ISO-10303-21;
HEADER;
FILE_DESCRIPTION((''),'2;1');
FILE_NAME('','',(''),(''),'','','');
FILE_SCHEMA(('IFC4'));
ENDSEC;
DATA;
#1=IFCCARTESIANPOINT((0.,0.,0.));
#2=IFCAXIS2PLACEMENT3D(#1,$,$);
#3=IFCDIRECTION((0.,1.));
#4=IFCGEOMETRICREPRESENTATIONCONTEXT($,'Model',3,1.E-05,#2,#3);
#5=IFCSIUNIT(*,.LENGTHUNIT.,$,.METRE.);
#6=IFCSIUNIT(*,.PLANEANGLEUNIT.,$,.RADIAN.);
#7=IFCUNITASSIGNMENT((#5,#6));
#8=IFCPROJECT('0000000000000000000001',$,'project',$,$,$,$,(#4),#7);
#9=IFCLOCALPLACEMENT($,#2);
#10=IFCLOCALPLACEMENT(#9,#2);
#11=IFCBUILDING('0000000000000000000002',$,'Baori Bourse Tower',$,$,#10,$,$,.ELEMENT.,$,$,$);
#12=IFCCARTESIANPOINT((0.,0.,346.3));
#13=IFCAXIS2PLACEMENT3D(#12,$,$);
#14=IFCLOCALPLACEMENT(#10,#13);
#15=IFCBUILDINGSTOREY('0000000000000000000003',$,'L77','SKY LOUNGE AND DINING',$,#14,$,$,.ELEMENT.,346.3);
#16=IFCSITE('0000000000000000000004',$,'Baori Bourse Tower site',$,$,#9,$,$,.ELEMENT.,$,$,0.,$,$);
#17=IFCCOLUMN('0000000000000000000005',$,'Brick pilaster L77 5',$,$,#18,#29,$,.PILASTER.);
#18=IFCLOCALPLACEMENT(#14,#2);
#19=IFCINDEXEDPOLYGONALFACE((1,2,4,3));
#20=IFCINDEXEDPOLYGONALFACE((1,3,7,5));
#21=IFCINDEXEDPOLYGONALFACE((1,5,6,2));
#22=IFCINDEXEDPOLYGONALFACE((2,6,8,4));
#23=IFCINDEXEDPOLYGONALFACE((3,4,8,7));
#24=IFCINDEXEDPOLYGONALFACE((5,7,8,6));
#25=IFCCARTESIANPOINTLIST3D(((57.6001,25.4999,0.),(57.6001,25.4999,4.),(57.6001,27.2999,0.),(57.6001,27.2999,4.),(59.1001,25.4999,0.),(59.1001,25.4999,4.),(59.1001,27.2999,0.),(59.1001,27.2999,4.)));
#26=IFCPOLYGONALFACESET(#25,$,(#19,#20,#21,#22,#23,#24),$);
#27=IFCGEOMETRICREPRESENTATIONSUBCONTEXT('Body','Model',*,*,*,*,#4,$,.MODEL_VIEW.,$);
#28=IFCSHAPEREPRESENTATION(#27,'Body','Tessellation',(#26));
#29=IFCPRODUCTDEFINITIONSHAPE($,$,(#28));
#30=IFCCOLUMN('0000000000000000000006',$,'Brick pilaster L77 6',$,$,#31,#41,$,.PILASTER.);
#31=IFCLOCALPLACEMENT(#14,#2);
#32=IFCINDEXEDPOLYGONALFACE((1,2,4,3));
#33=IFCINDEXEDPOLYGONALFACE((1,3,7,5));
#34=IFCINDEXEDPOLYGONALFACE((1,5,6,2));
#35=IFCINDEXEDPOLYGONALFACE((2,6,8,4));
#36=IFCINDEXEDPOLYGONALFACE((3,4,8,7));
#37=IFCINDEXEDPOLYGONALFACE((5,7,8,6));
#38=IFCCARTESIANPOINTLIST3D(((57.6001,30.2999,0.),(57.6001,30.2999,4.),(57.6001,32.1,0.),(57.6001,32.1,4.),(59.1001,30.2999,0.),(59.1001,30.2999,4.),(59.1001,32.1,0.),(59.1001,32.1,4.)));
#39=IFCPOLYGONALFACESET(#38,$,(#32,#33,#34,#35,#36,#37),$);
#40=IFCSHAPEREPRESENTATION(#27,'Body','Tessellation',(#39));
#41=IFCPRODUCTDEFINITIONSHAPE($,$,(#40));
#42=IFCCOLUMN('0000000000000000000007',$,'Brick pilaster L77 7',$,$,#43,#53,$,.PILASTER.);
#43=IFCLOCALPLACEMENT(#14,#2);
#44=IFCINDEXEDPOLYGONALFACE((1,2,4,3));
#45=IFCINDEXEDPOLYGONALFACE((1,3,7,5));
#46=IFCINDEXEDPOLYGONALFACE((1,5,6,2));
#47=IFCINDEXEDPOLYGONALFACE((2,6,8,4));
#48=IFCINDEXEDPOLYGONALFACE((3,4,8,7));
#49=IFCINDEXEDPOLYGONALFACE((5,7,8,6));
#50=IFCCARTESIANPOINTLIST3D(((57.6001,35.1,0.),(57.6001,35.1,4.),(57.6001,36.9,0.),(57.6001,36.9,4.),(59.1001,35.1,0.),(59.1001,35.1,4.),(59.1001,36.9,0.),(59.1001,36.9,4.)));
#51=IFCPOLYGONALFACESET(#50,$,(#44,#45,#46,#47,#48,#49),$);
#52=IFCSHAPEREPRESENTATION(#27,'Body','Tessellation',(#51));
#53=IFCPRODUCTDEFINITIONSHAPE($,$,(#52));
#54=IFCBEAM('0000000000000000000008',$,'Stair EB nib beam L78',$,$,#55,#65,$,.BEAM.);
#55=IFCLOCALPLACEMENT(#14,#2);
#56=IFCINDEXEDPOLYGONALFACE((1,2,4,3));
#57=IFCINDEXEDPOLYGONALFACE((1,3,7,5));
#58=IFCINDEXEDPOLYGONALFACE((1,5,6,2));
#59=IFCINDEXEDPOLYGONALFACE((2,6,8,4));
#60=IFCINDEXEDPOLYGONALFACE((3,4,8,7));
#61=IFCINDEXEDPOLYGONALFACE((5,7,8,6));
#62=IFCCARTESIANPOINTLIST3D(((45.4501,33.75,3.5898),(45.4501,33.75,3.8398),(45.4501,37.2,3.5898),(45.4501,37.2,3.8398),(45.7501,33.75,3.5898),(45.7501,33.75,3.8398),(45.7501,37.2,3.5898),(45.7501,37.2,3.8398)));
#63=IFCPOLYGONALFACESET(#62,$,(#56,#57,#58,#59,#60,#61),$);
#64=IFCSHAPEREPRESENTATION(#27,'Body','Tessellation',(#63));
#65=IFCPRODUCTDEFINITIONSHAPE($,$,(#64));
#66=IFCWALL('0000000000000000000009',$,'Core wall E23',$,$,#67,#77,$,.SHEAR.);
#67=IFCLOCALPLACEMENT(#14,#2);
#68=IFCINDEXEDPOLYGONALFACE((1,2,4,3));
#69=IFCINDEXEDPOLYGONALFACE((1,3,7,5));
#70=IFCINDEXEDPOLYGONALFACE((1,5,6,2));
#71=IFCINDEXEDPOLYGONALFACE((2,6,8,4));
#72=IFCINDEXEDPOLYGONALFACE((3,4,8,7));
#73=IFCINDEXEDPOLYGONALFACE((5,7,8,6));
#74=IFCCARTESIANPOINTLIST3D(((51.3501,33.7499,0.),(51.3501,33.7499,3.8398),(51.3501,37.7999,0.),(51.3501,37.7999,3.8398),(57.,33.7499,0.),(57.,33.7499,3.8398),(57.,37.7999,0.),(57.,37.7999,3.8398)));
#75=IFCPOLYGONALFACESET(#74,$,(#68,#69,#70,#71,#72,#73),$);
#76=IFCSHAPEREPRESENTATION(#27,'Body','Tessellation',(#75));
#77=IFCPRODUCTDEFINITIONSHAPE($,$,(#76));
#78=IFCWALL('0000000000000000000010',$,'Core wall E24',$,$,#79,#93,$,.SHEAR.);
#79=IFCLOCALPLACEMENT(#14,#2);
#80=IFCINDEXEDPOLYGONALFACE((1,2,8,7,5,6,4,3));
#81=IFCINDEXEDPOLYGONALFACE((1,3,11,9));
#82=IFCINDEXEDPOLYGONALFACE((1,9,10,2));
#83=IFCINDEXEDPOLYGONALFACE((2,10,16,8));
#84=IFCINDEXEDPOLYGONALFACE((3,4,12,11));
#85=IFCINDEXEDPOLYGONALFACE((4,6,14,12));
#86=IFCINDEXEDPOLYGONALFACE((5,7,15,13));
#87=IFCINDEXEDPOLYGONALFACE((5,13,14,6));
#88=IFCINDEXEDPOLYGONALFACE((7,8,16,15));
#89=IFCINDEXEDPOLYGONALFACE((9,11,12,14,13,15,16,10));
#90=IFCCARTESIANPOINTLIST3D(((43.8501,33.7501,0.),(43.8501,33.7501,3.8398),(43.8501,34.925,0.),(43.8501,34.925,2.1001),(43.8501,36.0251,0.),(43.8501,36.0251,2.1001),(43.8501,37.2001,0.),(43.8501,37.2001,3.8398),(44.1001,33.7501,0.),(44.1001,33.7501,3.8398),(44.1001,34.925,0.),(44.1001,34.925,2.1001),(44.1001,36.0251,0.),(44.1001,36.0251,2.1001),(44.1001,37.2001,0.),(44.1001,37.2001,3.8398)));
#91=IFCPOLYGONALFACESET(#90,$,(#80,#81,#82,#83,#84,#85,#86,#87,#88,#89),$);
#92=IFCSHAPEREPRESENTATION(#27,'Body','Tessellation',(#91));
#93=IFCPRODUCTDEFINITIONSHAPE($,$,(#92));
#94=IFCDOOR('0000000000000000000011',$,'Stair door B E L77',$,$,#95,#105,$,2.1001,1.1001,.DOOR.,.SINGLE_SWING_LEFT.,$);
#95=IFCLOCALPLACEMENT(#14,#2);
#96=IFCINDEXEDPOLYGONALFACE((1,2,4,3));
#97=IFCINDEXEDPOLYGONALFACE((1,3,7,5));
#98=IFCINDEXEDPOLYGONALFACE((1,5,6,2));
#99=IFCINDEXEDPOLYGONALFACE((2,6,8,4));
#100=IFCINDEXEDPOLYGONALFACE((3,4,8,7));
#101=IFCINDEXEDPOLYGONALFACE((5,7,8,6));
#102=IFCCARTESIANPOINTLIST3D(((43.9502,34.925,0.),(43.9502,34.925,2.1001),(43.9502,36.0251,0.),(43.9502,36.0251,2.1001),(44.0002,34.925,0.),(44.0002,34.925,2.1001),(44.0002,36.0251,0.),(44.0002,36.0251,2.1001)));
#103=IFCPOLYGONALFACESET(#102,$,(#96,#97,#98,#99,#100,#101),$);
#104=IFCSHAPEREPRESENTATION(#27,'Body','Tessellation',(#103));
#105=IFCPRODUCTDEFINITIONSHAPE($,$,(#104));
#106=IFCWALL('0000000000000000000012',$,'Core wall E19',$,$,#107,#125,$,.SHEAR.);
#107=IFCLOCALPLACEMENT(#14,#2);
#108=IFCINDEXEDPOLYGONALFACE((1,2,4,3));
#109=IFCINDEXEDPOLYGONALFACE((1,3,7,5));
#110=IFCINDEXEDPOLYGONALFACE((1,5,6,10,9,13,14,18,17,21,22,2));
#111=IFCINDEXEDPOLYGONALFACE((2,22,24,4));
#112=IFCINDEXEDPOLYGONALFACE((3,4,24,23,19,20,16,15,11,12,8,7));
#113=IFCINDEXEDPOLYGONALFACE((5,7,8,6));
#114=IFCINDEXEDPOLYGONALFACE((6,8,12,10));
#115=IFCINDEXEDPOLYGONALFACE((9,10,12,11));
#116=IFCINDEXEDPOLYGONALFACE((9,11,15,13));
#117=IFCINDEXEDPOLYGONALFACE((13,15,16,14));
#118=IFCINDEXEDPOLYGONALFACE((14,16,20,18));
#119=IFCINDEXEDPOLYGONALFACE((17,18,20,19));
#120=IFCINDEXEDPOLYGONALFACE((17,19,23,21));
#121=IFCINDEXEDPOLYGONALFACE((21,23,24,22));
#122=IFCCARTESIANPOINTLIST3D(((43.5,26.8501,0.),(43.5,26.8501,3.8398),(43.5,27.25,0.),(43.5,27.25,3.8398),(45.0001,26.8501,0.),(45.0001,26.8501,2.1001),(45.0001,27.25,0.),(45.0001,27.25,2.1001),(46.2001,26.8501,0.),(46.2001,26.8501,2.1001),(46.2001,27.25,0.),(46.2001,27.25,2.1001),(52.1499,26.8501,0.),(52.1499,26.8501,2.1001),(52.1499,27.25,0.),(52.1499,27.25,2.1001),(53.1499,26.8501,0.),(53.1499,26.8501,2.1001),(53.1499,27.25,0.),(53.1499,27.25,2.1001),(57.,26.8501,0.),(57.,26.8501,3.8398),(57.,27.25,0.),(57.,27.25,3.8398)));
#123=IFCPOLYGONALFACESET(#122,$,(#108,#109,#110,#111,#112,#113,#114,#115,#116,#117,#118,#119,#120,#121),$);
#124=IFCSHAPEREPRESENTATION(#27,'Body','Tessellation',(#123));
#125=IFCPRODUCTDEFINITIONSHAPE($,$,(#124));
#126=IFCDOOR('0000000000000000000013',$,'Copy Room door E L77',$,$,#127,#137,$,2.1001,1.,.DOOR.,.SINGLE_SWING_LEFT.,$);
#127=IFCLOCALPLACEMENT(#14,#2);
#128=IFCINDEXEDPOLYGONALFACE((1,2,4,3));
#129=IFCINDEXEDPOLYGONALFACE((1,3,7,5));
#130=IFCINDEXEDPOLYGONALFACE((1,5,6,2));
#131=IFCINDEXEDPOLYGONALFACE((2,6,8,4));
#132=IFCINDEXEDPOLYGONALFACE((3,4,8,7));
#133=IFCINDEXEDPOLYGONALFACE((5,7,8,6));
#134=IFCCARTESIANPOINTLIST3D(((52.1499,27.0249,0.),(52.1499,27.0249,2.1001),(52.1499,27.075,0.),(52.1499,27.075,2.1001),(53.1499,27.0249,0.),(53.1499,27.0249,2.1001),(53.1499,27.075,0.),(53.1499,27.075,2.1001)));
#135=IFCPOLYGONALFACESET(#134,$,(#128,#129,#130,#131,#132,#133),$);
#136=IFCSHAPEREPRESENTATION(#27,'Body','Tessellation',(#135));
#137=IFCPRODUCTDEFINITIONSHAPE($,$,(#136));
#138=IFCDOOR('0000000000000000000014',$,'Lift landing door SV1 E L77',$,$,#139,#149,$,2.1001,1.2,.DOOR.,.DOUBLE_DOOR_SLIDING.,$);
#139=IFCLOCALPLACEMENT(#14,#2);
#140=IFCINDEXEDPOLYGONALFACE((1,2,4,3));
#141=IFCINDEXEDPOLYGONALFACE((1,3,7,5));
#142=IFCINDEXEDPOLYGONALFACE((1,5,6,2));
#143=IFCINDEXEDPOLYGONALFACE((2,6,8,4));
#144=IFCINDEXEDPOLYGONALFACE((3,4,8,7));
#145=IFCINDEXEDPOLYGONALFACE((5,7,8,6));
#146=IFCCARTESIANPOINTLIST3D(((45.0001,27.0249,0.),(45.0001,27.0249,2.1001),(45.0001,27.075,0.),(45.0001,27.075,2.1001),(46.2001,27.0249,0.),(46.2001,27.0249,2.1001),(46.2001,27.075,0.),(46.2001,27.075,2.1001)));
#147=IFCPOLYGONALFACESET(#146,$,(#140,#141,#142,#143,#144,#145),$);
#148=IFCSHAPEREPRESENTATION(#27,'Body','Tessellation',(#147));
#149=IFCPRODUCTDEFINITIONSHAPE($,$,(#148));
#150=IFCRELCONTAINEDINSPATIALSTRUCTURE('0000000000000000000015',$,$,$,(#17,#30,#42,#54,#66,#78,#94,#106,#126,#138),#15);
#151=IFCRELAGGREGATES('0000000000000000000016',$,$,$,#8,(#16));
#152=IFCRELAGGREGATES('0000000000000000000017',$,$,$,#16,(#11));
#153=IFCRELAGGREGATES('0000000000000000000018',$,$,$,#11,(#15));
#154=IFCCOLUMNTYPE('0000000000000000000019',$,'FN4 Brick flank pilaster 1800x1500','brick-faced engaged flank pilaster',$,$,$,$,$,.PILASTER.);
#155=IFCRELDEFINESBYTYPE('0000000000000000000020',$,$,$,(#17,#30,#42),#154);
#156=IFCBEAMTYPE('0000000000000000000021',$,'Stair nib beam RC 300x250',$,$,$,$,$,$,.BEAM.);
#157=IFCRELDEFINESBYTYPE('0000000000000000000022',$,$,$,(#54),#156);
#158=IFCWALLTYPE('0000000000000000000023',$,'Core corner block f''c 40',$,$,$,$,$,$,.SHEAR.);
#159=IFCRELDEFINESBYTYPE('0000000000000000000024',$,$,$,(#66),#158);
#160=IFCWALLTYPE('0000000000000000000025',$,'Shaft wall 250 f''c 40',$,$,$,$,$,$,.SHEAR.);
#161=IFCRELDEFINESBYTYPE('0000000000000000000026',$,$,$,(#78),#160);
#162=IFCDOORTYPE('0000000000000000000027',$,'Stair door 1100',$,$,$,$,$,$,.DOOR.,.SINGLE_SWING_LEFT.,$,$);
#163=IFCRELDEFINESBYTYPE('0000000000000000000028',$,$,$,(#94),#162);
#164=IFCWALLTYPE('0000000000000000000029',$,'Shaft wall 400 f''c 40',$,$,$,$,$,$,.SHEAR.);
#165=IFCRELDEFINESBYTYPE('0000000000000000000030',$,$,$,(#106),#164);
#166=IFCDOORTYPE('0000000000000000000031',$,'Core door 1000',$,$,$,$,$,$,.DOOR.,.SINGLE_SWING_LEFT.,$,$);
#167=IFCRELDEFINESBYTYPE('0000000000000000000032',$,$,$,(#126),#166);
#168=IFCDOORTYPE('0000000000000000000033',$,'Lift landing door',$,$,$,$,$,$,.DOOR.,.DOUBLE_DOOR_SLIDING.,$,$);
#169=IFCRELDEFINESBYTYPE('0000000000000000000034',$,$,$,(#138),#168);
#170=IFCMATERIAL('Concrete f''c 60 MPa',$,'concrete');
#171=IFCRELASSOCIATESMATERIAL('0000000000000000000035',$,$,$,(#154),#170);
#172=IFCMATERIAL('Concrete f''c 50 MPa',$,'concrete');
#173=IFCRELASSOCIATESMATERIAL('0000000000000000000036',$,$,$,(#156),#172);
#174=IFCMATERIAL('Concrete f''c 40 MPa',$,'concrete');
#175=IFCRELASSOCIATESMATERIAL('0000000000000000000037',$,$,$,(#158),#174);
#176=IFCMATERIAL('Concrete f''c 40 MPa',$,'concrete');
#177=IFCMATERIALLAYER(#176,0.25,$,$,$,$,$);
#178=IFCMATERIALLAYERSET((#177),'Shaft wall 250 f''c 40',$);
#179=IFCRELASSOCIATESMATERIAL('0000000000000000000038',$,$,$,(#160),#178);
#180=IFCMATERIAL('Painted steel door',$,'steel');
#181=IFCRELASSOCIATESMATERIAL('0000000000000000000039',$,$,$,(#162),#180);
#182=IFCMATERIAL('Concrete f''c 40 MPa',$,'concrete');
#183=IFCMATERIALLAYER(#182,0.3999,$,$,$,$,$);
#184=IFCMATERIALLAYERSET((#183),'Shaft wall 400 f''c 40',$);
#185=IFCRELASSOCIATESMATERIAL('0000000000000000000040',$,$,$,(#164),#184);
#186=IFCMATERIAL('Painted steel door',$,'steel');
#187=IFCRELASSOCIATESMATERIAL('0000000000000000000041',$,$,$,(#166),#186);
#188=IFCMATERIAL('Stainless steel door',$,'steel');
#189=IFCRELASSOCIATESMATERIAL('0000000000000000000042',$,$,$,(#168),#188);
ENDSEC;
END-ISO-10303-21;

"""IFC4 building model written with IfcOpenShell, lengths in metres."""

from ifc_helpers import new_model, si_unit, direction, frame, frame_2d, origin, origin_2d, place, context, subcontext, project, spatial, rectangle, extrude, material, layer, layer_set, material_profile, profile_set, type_object, element, fill, save


model = new_model("IFC4")

# Units and contexts
model_context = context("Model", 3, precision=1e-05, world=origin(), true_north=direction((0.0, 1.0)))
body_context = subcontext(model_context, "Body", "Model", "MODEL_VIEW")
ifc_project = project(units=[si_unit("LENGTHUNIT", "METRE"), si_unit("PLANEANGLEUNIT", "RADIAN")], contexts=[model_context])

# Site, building, storey
site_placement = place(None, origin())
site = spatial("IfcSite", under=ifc_project, at=site_placement, Name="Baori Bourse Tower site", CompositionType="ELEMENT", RefElevation=0.0)
building_placement = place(site_placement, origin())
building = spatial("IfcBuilding", under=site, at=building_placement, Name="Baori Bourse Tower", CompositionType="ELEMENT")
storey_placement = place(building_placement, frame((0.0, 0.0, 346.3)))
storey = spatial("IfcBuildingStorey", under=building, at=storey_placement, Name="L77", Description="SKY LOUNGE AND DINING", CompositionType="ELEMENT", Elevation=346.3)

# Columns
ifc_material_1 = material(Name="Concrete f'c 60 MPa", Category="concrete")
ifc_material_profile_1 = material_profile(ifc_material_1, rectangle(XDim=1.8, YDim=1.5, at=origin_2d()), Name="RC 1800x1500")
ifc_profile_set_1 = profile_set([ifc_material_profile_1], Name="Concrete f'c 60 MPa")
column_type = type_object("IfcColumnType", Name="FN4 Brick flank pilaster 1800x1500", Description="brick-faced engaged flank pilaster", PredefinedType="PILASTER", material=ifc_profile_set_1)
for number, where, z_axis, x_axis, name in (
    (1, (58.3501, 26.3999, 0.0), (0.0, 0.0, 1.0), (0.0, 1.0, 0.0), "Brick pilaster L77 5"),
    (2, (58.3501, 31.2, 0.0), (0.0, 0.0, 1.0), (0.0, 1.0, 0.0), "Brick pilaster L77 6"),
    (3, (58.3501, 36.0, 0.0), (0.0, 0.0, 1.0), (0.0, 1.0, 0.0), "Brick pilaster L77 7"),
):
    element("IfcColumn", number, at=place(storey_placement, frame(where, z_axis=z_axis, x_axis=x_axis)), inside=storey, type_object=column_type, Name=name, PredefinedType="PILASTER", context=body_context, shape_type="SweptSolid", body=[
        extrude(rectangle(XDim=1.8, YDim=1.5, at=origin_2d()), origin(), (0.0, 0.0, 1.0), 4.0),
    ])

# Beam
ifc_material_2 = material(Name="Concrete f'c 50 MPa", Category="concrete")
ifc_material_profile_2 = material_profile(ifc_material_2, rectangle(XDim=0.3, YDim=0.25, at=origin_2d()), Name="RC 300x250")
ifc_profile_set_2 = profile_set([ifc_material_profile_2], Name="Concrete f'c 50 MPa")
beam_type = type_object("IfcBeamType", Name="Stair nib beam RC 300x250", PredefinedType="BEAM", material=ifc_profile_set_2)
beam_placement = place(storey_placement, frame((45.6001, 33.75, 3.7148), z_axis=(0.0, 1.0, 0.0), x_axis=(-1.0, 0.0, 0.0)))
element("IfcBeam", 4, at=beam_placement, inside=storey, type_object=beam_type, Name="Stair EB nib beam L78", PredefinedType="BEAM", context=body_context, shape_type="SweptSolid", body=[
    extrude(rectangle(XDim=0.3, YDim=0.25, at=origin_2d()), origin(), (0.0, 0.0, 1.0), 3.45),
])

# Wall
ifc_material_3 = material(Name="Concrete f'c 40 MPa", Category="concrete")
wall_type_1 = type_object("IfcWallType", Name="Core corner block f'c 40", PredefinedType="SHEAR", material=ifc_material_3)
wall_1_placement = place(storey_placement, frame((51.3501, 35.7749, 0.0), z_axis=(0.0, 0.0, 1.0), x_axis=(1.0, 0.0, 0.0)))
element("IfcWall", 5, at=wall_1_placement, inside=storey, type_object=wall_type_1, Name="Core wall E23", PredefinedType="SHEAR", context=body_context, shape_type="SweptSolid", body=[
    extrude(rectangle(XDim=5.6499, YDim=4.05, at=frame_2d((2.825, 0.0))), origin(), (0.0, 0.0, 1.0), 3.8398),
])

# Wall, opening, door
ifc_material_4 = material(Name="Concrete f'c 40 MPa", Category="concrete")
ifc_layer_1 = layer(ifc_material_4, 0.25)
ifc_layer_set_1 = layer_set([ifc_layer_1], Name="Shaft wall 250 f'c 40")
wall_type_2 = type_object("IfcWallType", Name="Shaft wall 250 f'c 40", PredefinedType="SHEAR", material=ifc_layer_set_1)
wall_2_placement = place(storey_placement, frame((43.9751, 33.75, 0.0), z_axis=(0.0, 0.0, 1.0), x_axis=(0.0, 1.0, 0.0)))
wall_2 = element("IfcWall", 6, at=wall_2_placement, inside=storey, type_object=wall_type_2, Name="Core wall E24", PredefinedType="SHEAR", context=body_context, shape_type="SweptSolid", body=[
    extrude(rectangle(XDim=3.45, YDim=0.25, at=frame_2d((1.7251, 0.0))), origin(), (0.0, 0.0, 1.0), 3.8398),
])
opening_1_placement = place(wall_2_placement, frame((1.175, 0.0, 0.0)))
opening_1 = element("IfcOpeningElement", 7, at=opening_1_placement, cuts=wall_2, PredefinedType="OPENING", context=body_context, shape_type="SweptSolid", body=[
    extrude(rectangle(XDim=1.1001, YDim=2.1001, at=frame_2d((0.55, 1.05))), frame((0.0, 0.135, 0.0), z_axis=(0.0, -1.0, 0.0), x_axis=(1.0, 0.0, 0.0)), (0.0, 0.0, 1.0), 0.27),
])
ifc_material_5 = material(Name="Painted steel door", Category="steel")
door_type_1 = type_object("IfcDoorType", Name="Stair door 1100", OperationType="SINGLE_SWING_LEFT", PredefinedType="DOOR", material=ifc_material_5)
door_1_placement = place(opening_1_placement, origin())
door_1 = element("IfcDoor", 8, at=door_1_placement, inside=storey, type_object=door_type_1, Name="Stair door B E L77", OperationType="SINGLE_SWING_LEFT", OverallHeight=2.1001, OverallWidth=1.1001, PredefinedType="DOOR", context=body_context, shape_type="SweptSolid", body=[
    extrude(rectangle(XDim=1.1001, YDim=2.1001, at=frame_2d((0.55, 1.05))), frame((0.0, 0.0249, 0.0), z_axis=(0.0, -1.0, 0.0), x_axis=(1.0, 0.0, 0.0)), (0.0, 0.0, 1.0), 0.05),
])
fill(opening_1, door_1)

# Wall, openings, doors
ifc_material_6 = material(Name="Concrete f'c 40 MPa", Category="concrete")
ifc_layer_2 = layer(ifc_material_6, 0.3999)
ifc_layer_set_2 = layer_set([ifc_layer_2], Name="Shaft wall 400 f'c 40")
wall_type_3 = type_object("IfcWallType", Name="Shaft wall 400 f'c 40", PredefinedType="SHEAR", material=ifc_layer_set_2)
wall_3_placement = place(storey_placement, frame((43.5, 27.05, 0.0), z_axis=(0.0, 0.0, 1.0), x_axis=(1.0, 0.0, 0.0)))
wall_3 = element("IfcWall", 9, at=wall_3_placement, inside=storey, type_object=wall_type_3, Name="Core wall E19", PredefinedType="SHEAR", context=body_context, shape_type="SweptSolid", body=[
    extrude(rectangle(XDim=13.5, YDim=0.3999, at=frame_2d((6.75, 0.0))), origin(), (0.0, 0.0, 1.0), 3.8398),
])
opening_2_placement = place(wall_3_placement, frame((8.6499, 0.0, 0.0)))
opening_2 = element("IfcOpeningElement", 10, at=opening_2_placement, cuts=wall_3, PredefinedType="OPENING", context=body_context, shape_type="SweptSolid", body=[
    extrude(rectangle(XDim=1.0, YDim=2.1001, at=frame_2d((0.5, 1.05))), frame((0.0, 0.21, 0.0), z_axis=(0.0, -1.0, 0.0), x_axis=(1.0, 0.0, 0.0)), (0.0, 0.0, 1.0), 0.4199),
])
opening_3_placement = place(wall_3_placement, frame((1.5, 0.0, 0.0)))
opening_3 = element("IfcOpeningElement", 11, at=opening_3_placement, cuts=wall_3, PredefinedType="OPENING", context=body_context, shape_type="SweptSolid", body=[
    extrude(rectangle(XDim=1.2, YDim=2.1001, at=frame_2d((0.6001, 1.05))), frame((0.0, 0.21, 0.0), z_axis=(0.0, -1.0, 0.0), x_axis=(1.0, 0.0, 0.0)), (0.0, 0.0, 1.0), 0.4199),
])
ifc_material_7 = material(Name="Painted steel door", Category="steel")
door_type_2 = type_object("IfcDoorType", Name="Core door 1000", OperationType="SINGLE_SWING_LEFT", PredefinedType="DOOR", material=ifc_material_7)
door_2_placement = place(opening_2_placement, origin())
door_2 = element("IfcDoor", 12, at=door_2_placement, inside=storey, type_object=door_type_2, Name="Copy Room door E L77", OperationType="SINGLE_SWING_LEFT", OverallHeight=2.1001, OverallWidth=1.0, PredefinedType="DOOR", context=body_context, shape_type="SweptSolid", body=[
    extrude(rectangle(XDim=1.0, YDim=2.1001, at=frame_2d((0.5, 1.05))), frame((0.0, 0.0249, 0.0), z_axis=(0.0, -1.0, 0.0), x_axis=(1.0, 0.0, 0.0)), (0.0, 0.0, 1.0), 0.05),
])
fill(opening_2, door_2)
ifc_material_8 = material(Name="Stainless steel door", Category="steel")
door_type_3 = type_object("IfcDoorType", Name="Lift landing door", OperationType="DOUBLE_DOOR_SLIDING", PredefinedType="DOOR", material=ifc_material_8)
door_3_placement = place(opening_3_placement, origin())
door_3 = element("IfcDoor", 13, at=door_3_placement, inside=storey, type_object=door_type_3, Name="Lift landing door SV1 E L77", OperationType="DOUBLE_DOOR_SLIDING", OverallHeight=2.1001, OverallWidth=1.2, PredefinedType="DOOR", context=body_context, shape_type="SweptSolid", body=[
    extrude(rectangle(XDim=1.2, YDim=2.1001, at=frame_2d((0.6001, 1.05))), frame((0.0, 0.0249, 0.0), z_axis=(0.0, -1.0, 0.0), x_axis=(1.0, 0.0, 0.0)), (0.0, 0.0, 1.0), 0.05),
])
fill(opening_3, door_3)

save(model, "model.ifc")
